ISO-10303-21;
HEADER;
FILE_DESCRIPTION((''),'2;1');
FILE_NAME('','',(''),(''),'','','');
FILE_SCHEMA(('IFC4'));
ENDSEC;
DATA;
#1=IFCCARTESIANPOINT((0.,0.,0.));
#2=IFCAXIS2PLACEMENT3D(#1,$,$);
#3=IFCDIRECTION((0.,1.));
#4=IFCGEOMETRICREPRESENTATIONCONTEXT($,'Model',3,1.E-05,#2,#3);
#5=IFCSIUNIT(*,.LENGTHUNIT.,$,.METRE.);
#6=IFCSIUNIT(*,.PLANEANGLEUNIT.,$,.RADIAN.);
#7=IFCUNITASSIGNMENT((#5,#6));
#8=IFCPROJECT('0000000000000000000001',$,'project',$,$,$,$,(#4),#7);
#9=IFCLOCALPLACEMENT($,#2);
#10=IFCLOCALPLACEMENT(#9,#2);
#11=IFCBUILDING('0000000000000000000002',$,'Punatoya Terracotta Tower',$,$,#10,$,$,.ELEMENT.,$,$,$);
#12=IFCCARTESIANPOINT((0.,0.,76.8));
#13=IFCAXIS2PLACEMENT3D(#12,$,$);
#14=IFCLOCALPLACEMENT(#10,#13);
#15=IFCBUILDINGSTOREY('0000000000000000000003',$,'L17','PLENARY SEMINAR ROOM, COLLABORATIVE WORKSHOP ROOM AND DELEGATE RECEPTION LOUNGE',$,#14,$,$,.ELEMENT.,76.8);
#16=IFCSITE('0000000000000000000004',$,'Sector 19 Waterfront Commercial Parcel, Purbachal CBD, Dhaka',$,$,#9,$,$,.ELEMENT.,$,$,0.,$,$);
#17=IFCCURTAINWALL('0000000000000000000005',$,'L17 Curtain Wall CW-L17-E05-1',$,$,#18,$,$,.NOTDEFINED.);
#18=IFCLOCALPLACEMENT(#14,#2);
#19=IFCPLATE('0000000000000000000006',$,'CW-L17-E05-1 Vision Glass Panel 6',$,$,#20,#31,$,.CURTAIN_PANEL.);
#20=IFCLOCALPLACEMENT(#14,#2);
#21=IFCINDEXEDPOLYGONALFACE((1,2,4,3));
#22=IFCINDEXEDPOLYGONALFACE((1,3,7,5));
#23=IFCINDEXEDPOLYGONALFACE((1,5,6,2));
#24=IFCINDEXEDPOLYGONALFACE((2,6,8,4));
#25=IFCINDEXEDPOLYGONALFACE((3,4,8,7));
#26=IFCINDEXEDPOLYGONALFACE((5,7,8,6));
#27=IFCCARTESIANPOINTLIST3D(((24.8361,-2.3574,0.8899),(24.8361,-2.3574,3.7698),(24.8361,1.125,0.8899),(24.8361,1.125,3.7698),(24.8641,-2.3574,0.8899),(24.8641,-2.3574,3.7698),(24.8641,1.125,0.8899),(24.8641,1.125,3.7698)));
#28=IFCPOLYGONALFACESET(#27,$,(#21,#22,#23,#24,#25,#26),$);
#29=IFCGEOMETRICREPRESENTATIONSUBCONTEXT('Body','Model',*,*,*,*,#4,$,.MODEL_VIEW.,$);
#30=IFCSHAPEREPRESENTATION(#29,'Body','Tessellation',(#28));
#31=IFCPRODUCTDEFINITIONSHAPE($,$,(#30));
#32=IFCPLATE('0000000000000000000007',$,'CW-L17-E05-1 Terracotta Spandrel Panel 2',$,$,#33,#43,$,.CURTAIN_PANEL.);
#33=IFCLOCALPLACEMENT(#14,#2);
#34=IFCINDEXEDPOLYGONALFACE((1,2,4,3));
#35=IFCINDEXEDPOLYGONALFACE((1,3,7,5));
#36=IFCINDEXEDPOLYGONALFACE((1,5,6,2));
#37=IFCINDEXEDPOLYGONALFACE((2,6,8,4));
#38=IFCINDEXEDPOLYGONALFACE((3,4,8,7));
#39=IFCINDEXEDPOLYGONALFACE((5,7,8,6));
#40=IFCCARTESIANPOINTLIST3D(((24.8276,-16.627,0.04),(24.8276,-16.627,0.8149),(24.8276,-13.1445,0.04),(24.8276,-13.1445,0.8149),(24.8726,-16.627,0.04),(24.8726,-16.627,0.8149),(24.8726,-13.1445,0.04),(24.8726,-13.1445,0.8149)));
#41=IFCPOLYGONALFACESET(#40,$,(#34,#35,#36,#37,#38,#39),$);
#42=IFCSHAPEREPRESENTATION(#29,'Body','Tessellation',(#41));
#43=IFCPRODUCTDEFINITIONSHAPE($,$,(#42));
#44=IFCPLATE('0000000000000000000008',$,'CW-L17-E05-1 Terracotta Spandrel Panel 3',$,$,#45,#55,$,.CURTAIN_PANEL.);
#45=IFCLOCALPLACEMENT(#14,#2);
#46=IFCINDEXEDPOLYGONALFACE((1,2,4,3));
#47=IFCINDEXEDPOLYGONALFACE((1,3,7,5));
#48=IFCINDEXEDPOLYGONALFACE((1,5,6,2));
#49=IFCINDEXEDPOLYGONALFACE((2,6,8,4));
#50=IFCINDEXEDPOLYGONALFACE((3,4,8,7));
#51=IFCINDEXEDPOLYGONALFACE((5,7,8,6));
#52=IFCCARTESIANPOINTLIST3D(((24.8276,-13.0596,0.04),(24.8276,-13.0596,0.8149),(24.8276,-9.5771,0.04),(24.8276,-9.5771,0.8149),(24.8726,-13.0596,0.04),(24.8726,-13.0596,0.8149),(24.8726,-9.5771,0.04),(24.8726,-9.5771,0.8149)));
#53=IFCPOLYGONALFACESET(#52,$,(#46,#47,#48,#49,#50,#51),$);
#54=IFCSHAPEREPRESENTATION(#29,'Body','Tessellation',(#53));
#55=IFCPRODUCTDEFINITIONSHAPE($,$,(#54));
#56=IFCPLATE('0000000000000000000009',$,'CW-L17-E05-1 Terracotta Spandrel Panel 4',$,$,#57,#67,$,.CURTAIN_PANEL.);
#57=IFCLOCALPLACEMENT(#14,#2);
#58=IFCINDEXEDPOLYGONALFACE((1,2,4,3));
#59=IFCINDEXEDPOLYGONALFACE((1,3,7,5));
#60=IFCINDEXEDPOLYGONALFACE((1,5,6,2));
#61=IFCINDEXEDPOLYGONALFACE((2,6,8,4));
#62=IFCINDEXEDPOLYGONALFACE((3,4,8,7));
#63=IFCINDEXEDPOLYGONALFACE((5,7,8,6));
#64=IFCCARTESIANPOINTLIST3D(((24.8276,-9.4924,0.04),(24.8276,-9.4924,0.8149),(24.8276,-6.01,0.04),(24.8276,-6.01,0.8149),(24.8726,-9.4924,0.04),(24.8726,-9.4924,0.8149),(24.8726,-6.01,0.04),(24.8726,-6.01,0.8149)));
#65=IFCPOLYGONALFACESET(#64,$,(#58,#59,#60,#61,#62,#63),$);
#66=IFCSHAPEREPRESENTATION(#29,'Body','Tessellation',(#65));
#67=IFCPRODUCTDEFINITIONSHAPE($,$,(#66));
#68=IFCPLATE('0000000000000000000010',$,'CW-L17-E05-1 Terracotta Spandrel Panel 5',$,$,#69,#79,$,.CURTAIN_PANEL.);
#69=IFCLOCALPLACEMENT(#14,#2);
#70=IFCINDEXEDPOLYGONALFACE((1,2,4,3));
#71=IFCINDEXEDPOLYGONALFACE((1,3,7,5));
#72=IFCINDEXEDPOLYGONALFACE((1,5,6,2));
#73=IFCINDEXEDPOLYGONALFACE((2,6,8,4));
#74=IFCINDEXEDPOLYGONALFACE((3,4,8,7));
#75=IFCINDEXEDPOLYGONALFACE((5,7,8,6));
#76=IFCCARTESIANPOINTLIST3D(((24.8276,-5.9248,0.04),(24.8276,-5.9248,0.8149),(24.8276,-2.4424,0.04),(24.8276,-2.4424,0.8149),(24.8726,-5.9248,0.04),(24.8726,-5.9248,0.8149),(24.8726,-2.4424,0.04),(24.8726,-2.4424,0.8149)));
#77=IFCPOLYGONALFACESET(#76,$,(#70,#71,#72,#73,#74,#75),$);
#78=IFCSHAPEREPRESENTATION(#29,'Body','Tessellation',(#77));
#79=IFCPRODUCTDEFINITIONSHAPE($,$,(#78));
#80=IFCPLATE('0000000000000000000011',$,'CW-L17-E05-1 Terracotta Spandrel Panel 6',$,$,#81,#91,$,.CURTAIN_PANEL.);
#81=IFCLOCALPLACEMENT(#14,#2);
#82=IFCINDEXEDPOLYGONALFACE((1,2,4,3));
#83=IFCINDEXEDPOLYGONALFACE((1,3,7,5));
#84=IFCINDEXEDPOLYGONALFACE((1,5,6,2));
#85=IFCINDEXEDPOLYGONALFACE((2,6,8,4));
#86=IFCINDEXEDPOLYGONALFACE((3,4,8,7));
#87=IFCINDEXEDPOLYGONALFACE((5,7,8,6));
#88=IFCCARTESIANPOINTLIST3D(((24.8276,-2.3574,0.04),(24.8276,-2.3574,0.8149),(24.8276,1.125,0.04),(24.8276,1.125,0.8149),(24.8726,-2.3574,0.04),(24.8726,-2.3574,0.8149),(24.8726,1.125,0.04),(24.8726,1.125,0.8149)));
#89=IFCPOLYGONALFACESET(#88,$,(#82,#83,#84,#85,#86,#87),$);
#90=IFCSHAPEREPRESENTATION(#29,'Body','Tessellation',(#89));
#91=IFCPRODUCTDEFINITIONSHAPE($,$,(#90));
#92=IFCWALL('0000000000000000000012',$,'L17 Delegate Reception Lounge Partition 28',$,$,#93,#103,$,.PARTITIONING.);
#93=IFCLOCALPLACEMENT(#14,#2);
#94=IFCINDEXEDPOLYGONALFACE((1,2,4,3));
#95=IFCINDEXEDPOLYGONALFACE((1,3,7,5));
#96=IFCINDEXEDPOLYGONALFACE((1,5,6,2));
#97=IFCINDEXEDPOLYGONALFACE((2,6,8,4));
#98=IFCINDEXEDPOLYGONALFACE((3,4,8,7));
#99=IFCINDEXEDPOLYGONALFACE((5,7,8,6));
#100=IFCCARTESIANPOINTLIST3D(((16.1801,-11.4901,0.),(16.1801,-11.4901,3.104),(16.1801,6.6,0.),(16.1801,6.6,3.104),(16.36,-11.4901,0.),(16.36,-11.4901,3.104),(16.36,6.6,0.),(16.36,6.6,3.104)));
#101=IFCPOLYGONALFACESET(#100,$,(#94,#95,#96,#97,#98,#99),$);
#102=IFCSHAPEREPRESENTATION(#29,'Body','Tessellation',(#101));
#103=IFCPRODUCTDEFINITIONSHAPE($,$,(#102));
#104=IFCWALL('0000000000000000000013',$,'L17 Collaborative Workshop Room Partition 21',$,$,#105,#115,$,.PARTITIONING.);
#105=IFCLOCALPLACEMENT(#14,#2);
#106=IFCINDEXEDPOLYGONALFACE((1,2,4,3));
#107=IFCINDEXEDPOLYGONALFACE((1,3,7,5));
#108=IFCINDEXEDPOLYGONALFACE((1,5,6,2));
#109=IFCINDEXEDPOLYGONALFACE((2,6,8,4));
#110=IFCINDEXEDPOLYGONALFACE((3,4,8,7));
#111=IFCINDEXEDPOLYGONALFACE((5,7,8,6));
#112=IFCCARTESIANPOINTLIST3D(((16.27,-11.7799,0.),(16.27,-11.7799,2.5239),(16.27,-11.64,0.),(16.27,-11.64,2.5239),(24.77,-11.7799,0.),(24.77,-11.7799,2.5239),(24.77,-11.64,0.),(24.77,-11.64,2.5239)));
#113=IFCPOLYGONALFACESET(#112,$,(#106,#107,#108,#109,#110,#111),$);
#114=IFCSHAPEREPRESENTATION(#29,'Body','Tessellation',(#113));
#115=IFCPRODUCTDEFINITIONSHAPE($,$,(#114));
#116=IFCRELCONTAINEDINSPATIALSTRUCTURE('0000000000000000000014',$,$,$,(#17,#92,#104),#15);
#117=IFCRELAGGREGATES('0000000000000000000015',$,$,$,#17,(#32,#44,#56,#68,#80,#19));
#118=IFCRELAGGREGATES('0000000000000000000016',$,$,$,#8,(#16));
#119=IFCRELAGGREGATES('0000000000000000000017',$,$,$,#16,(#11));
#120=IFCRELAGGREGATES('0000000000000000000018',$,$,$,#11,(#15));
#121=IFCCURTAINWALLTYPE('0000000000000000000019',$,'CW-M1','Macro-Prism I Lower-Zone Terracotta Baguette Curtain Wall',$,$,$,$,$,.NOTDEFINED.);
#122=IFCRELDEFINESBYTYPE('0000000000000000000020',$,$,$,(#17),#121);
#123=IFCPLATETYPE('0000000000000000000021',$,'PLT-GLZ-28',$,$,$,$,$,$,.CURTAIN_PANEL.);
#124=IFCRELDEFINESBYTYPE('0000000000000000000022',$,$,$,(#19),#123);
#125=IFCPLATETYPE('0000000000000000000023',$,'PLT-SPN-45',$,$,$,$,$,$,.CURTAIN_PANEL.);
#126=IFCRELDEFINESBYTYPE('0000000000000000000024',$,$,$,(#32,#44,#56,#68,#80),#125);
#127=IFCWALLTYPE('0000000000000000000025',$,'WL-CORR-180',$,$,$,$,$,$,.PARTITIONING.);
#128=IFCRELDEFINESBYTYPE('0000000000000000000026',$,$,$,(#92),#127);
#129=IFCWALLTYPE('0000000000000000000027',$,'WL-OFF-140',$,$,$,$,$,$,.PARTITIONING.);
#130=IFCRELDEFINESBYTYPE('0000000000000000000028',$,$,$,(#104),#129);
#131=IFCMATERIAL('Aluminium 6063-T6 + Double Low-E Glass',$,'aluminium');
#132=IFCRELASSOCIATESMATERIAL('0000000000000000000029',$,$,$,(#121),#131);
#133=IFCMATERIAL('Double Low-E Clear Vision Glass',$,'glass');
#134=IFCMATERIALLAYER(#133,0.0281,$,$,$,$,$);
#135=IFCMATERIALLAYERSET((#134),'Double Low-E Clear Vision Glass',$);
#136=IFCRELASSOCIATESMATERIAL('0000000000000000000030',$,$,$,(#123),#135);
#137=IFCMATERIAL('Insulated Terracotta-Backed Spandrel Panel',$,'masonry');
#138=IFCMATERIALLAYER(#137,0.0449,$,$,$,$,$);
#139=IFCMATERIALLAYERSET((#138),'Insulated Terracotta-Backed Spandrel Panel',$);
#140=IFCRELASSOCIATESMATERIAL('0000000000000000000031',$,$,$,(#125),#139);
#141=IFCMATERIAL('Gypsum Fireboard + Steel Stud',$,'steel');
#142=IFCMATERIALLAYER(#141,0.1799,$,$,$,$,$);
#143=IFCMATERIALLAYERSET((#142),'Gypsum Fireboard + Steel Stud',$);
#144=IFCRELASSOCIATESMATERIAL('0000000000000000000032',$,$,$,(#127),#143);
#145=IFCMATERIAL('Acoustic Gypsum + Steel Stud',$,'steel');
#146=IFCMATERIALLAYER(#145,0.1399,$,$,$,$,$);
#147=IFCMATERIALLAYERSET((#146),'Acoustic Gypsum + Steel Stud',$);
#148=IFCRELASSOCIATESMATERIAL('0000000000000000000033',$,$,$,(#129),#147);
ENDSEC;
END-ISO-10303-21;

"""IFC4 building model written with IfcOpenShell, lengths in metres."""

from ifc_helpers import new_model, si_unit, direction, frame, frame_2d, origin, origin_2d, place, context, subcontext, project, spatial, rectangle, extrude, material, layer, layer_set, type_object, element, aggregate, save


model = new_model("IFC4")

# Units and contexts
model_context = context("Model", 3, precision=1e-05, world=origin(), true_north=direction((0.0, 1.0)))
body_context = subcontext(model_context, "Body", "Model", "MODEL_VIEW")
ifc_project = project(units=[si_unit("LENGTHUNIT", "METRE"), si_unit("PLANEANGLEUNIT", "RADIAN")], contexts=[model_context])

# Site, building, storey
site_placement = place(None, origin())
site = spatial("IfcSite", under=ifc_project, at=site_placement, Name="Sector 19 Waterfront Commercial Parcel, Purbachal CBD, Dhaka", CompositionType="ELEMENT", RefElevation=0.0)
building_placement = place(site_placement, origin())
building = spatial("IfcBuilding", under=site, at=building_placement, Name="Punatoya Terracotta Tower", CompositionType="ELEMENT")
storey_placement = place(building_placement, frame((0.0, 0.0, 76.8)))
storey = spatial("IfcBuildingStorey", under=building, at=storey_placement, Name="L17", Description="PLENARY SEMINAR ROOM, COLLABORATIVE WORKSHOP ROOM AND DELEGATE RECEPTION LOUNGE", CompositionType="ELEMENT", Elevation=76.8)

# Curtain wall, plates
ifc_material_1 = material(Name="Aluminium 6063-T6 + Double Low-E Glass", Category="aluminium")
curtain_wall_type = type_object("IfcCurtainWallType", Name="CW-M1", Description="Macro-Prism I Lower-Zone Terracotta Baguette Curtain Wall", PredefinedType="NOTDEFINED", material=ifc_material_1)
curtain_wall_placement = place(storey_placement, origin())
curtain_wall = element("IfcCurtainWall", 1, at=curtain_wall_placement, inside=storey, type_object=curtain_wall_type, Name="L17 Curtain Wall CW-L17-E05-1", PredefinedType="NOTDEFINED")
ifc_material_2 = material(Name="Double Low-E Clear Vision Glass", Category="glass")
ifc_layer_1 = layer(ifc_material_2, 0.0281)
ifc_layer_set_1 = layer_set([ifc_layer_1], Name="Double Low-E Clear Vision Glass")
plate_type_1 = type_object("IfcPlateType", Name="PLT-GLZ-28", PredefinedType="CURTAIN_PANEL", material=ifc_layer_set_1)
plate_1_placement = place(storey_placement, frame((24.8501, -0.6162, 0.8899), z_axis=(0.0, 0.0, 1.0), x_axis=(0.0, 1.0, 0.0)))
plate_1 = element("IfcPlate", 2, at=plate_1_placement, type_object=plate_type_1, Name="CW-L17-E05-1 Vision Glass Panel 6", PredefinedType="CURTAIN_PANEL", context=body_context, shape_type="SweptSolid", body=[
    extrude(rectangle(XDim=3.4824, YDim=0.0281, at=origin_2d()), origin(), (0.0, 0.0, 1.0), 2.8799),
])
ifc_material_3 = material(Name="Insulated Terracotta-Backed Spandrel Panel", Category="masonry")
ifc_layer_2 = layer(ifc_material_3, 0.0449)
ifc_layer_set_2 = layer_set([ifc_layer_2], Name="Insulated Terracotta-Backed Spandrel Panel")
plate_type_2 = type_object("IfcPlateType", Name="PLT-SPN-45", PredefinedType="CURTAIN_PANEL", material=ifc_layer_set_2)
plate_2_placement = place(storey_placement, frame((24.8501, -14.8857, 0.04), z_axis=(0.0, 0.0, 1.0), x_axis=(0.0, 1.0, 0.0)))
plate_2 = element("IfcPlate", 3, at=plate_2_placement, type_object=plate_type_2, Name="CW-L17-E05-1 Terracotta Spandrel Panel 2", PredefinedType="CURTAIN_PANEL", context=body_context, shape_type="SweptSolid", body=[
    extrude(rectangle(XDim=3.4824, YDim=0.0449, at=origin_2d()), origin(), (0.0, 0.0, 1.0), 0.7749),
])
plate_3_placement = place(storey_placement, frame((24.8501, -11.3184, 0.04), z_axis=(0.0, 0.0, 1.0), x_axis=(0.0, 1.0, 0.0)))
plate_3 = element("IfcPlate", 4, at=plate_3_placement, type_object=plate_type_2, Name="CW-L17-E05-1 Terracotta Spandrel Panel 3", PredefinedType="CURTAIN_PANEL", context=body_context, shape_type="SweptSolid", body=[
    extrude(rectangle(XDim=3.4824, YDim=0.0449, at=origin_2d()), origin(), (0.0, 0.0, 1.0), 0.7749),
])
plate_4_placement = place(storey_placement, frame((24.8501, -7.7512, 0.04), z_axis=(0.0, 0.0, 1.0), x_axis=(0.0, 1.0, 0.0)))
plate_4 = element("IfcPlate", 5, at=plate_4_placement, type_object=plate_type_2, Name="CW-L17-E05-1 Terracotta Spandrel Panel 4", PredefinedType="CURTAIN_PANEL", context=body_context, shape_type="SweptSolid", body=[
    extrude(rectangle(XDim=3.4824, YDim=0.0449, at=origin_2d()), origin(), (0.0, 0.0, 1.0), 0.7749),
])
plate_5_placement = place(storey_placement, frame((24.8501, -4.1836, 0.04), z_axis=(0.0, 0.0, 1.0), x_axis=(0.0, 1.0, 0.0)))
plate_5 = element("IfcPlate", 6, at=plate_5_placement, type_object=plate_type_2, Name="CW-L17-E05-1 Terracotta Spandrel Panel 5", PredefinedType="CURTAIN_PANEL", context=body_context, shape_type="SweptSolid", body=[
    extrude(rectangle(XDim=3.4824, YDim=0.0449, at=origin_2d()), origin(), (0.0, 0.0, 1.0), 0.7749),
])
plate_6_placement = place(storey_placement, frame((24.8501, -0.6162, 0.04), z_axis=(0.0, 0.0, 1.0), x_axis=(0.0, 1.0, 0.0)))
plate_6 = element("IfcPlate", 7, at=plate_6_placement, type_object=plate_type_2, Name="CW-L17-E05-1 Terracotta Spandrel Panel 6", PredefinedType="CURTAIN_PANEL", context=body_context, shape_type="SweptSolid", body=[
    extrude(rectangle(XDim=3.4824, YDim=0.0449, at=origin_2d()), origin(), (0.0, 0.0, 1.0), 0.7749),
])
aggregate(curtain_wall, [plate_2, plate_3, plate_4, plate_5, plate_6, plate_1])

# Walls
ifc_material_4 = material(Name="Gypsum Fireboard + Steel Stud", Category="steel")
ifc_layer_3 = layer(ifc_material_4, 0.1799)
ifc_layer_set_3 = layer_set([ifc_layer_3], Name="Gypsum Fireboard + Steel Stud")
wall_type_1 = type_object("IfcWallType", Name="WL-CORR-180", PredefinedType="PARTITIONING", material=ifc_layer_set_3)
wall_1_placement = place(storey_placement, frame((16.27, -11.49, 0.0), z_axis=(0.0, 0.0, 1.0), x_axis=(0.0, 1.0, 0.0)))
element("IfcWall", 8, at=wall_1_placement, inside=storey, type_object=wall_type_1, Name="L17 Delegate Reception Lounge Partition 28", PredefinedType="PARTITIONING", context=body_context, shape_type="SweptSolid", body=[
    extrude(rectangle(XDim=18.0901, YDim=0.1799, at=frame_2d((9.0449, 0.0))), origin(), (0.0, 0.0, 1.0), 3.104),
])
ifc_material_5 = material(Name="Acoustic Gypsum + Steel Stud", Category="steel")
ifc_layer_4 = layer(ifc_material_5, 0.1399)
ifc_layer_set_4 = layer_set([ifc_layer_4], Name="Acoustic Gypsum + Steel Stud")
wall_type_2 = type_object("IfcWallType", Name="WL-OFF-140", PredefinedType="PARTITIONING", material=ifc_layer_set_4)
wall_2_placement = place(storey_placement, frame((16.27, -11.71, 0.0), z_axis=(0.0, 0.0, 1.0), x_axis=(1.0, 0.0, 0.0)))
element("IfcWall", 9, at=wall_2_placement, inside=storey, type_object=wall_type_2, Name="L17 Collaborative Workshop Room Partition 21", PredefinedType="PARTITIONING", context=body_context, shape_type="SweptSolid", body=[
    extrude(rectangle(XDim=8.5, YDim=0.1399, at=frame_2d((4.25, 0.0))), origin(), (0.0, 0.0, 1.0), 2.5239),
])

save(model, "model.ifc")
